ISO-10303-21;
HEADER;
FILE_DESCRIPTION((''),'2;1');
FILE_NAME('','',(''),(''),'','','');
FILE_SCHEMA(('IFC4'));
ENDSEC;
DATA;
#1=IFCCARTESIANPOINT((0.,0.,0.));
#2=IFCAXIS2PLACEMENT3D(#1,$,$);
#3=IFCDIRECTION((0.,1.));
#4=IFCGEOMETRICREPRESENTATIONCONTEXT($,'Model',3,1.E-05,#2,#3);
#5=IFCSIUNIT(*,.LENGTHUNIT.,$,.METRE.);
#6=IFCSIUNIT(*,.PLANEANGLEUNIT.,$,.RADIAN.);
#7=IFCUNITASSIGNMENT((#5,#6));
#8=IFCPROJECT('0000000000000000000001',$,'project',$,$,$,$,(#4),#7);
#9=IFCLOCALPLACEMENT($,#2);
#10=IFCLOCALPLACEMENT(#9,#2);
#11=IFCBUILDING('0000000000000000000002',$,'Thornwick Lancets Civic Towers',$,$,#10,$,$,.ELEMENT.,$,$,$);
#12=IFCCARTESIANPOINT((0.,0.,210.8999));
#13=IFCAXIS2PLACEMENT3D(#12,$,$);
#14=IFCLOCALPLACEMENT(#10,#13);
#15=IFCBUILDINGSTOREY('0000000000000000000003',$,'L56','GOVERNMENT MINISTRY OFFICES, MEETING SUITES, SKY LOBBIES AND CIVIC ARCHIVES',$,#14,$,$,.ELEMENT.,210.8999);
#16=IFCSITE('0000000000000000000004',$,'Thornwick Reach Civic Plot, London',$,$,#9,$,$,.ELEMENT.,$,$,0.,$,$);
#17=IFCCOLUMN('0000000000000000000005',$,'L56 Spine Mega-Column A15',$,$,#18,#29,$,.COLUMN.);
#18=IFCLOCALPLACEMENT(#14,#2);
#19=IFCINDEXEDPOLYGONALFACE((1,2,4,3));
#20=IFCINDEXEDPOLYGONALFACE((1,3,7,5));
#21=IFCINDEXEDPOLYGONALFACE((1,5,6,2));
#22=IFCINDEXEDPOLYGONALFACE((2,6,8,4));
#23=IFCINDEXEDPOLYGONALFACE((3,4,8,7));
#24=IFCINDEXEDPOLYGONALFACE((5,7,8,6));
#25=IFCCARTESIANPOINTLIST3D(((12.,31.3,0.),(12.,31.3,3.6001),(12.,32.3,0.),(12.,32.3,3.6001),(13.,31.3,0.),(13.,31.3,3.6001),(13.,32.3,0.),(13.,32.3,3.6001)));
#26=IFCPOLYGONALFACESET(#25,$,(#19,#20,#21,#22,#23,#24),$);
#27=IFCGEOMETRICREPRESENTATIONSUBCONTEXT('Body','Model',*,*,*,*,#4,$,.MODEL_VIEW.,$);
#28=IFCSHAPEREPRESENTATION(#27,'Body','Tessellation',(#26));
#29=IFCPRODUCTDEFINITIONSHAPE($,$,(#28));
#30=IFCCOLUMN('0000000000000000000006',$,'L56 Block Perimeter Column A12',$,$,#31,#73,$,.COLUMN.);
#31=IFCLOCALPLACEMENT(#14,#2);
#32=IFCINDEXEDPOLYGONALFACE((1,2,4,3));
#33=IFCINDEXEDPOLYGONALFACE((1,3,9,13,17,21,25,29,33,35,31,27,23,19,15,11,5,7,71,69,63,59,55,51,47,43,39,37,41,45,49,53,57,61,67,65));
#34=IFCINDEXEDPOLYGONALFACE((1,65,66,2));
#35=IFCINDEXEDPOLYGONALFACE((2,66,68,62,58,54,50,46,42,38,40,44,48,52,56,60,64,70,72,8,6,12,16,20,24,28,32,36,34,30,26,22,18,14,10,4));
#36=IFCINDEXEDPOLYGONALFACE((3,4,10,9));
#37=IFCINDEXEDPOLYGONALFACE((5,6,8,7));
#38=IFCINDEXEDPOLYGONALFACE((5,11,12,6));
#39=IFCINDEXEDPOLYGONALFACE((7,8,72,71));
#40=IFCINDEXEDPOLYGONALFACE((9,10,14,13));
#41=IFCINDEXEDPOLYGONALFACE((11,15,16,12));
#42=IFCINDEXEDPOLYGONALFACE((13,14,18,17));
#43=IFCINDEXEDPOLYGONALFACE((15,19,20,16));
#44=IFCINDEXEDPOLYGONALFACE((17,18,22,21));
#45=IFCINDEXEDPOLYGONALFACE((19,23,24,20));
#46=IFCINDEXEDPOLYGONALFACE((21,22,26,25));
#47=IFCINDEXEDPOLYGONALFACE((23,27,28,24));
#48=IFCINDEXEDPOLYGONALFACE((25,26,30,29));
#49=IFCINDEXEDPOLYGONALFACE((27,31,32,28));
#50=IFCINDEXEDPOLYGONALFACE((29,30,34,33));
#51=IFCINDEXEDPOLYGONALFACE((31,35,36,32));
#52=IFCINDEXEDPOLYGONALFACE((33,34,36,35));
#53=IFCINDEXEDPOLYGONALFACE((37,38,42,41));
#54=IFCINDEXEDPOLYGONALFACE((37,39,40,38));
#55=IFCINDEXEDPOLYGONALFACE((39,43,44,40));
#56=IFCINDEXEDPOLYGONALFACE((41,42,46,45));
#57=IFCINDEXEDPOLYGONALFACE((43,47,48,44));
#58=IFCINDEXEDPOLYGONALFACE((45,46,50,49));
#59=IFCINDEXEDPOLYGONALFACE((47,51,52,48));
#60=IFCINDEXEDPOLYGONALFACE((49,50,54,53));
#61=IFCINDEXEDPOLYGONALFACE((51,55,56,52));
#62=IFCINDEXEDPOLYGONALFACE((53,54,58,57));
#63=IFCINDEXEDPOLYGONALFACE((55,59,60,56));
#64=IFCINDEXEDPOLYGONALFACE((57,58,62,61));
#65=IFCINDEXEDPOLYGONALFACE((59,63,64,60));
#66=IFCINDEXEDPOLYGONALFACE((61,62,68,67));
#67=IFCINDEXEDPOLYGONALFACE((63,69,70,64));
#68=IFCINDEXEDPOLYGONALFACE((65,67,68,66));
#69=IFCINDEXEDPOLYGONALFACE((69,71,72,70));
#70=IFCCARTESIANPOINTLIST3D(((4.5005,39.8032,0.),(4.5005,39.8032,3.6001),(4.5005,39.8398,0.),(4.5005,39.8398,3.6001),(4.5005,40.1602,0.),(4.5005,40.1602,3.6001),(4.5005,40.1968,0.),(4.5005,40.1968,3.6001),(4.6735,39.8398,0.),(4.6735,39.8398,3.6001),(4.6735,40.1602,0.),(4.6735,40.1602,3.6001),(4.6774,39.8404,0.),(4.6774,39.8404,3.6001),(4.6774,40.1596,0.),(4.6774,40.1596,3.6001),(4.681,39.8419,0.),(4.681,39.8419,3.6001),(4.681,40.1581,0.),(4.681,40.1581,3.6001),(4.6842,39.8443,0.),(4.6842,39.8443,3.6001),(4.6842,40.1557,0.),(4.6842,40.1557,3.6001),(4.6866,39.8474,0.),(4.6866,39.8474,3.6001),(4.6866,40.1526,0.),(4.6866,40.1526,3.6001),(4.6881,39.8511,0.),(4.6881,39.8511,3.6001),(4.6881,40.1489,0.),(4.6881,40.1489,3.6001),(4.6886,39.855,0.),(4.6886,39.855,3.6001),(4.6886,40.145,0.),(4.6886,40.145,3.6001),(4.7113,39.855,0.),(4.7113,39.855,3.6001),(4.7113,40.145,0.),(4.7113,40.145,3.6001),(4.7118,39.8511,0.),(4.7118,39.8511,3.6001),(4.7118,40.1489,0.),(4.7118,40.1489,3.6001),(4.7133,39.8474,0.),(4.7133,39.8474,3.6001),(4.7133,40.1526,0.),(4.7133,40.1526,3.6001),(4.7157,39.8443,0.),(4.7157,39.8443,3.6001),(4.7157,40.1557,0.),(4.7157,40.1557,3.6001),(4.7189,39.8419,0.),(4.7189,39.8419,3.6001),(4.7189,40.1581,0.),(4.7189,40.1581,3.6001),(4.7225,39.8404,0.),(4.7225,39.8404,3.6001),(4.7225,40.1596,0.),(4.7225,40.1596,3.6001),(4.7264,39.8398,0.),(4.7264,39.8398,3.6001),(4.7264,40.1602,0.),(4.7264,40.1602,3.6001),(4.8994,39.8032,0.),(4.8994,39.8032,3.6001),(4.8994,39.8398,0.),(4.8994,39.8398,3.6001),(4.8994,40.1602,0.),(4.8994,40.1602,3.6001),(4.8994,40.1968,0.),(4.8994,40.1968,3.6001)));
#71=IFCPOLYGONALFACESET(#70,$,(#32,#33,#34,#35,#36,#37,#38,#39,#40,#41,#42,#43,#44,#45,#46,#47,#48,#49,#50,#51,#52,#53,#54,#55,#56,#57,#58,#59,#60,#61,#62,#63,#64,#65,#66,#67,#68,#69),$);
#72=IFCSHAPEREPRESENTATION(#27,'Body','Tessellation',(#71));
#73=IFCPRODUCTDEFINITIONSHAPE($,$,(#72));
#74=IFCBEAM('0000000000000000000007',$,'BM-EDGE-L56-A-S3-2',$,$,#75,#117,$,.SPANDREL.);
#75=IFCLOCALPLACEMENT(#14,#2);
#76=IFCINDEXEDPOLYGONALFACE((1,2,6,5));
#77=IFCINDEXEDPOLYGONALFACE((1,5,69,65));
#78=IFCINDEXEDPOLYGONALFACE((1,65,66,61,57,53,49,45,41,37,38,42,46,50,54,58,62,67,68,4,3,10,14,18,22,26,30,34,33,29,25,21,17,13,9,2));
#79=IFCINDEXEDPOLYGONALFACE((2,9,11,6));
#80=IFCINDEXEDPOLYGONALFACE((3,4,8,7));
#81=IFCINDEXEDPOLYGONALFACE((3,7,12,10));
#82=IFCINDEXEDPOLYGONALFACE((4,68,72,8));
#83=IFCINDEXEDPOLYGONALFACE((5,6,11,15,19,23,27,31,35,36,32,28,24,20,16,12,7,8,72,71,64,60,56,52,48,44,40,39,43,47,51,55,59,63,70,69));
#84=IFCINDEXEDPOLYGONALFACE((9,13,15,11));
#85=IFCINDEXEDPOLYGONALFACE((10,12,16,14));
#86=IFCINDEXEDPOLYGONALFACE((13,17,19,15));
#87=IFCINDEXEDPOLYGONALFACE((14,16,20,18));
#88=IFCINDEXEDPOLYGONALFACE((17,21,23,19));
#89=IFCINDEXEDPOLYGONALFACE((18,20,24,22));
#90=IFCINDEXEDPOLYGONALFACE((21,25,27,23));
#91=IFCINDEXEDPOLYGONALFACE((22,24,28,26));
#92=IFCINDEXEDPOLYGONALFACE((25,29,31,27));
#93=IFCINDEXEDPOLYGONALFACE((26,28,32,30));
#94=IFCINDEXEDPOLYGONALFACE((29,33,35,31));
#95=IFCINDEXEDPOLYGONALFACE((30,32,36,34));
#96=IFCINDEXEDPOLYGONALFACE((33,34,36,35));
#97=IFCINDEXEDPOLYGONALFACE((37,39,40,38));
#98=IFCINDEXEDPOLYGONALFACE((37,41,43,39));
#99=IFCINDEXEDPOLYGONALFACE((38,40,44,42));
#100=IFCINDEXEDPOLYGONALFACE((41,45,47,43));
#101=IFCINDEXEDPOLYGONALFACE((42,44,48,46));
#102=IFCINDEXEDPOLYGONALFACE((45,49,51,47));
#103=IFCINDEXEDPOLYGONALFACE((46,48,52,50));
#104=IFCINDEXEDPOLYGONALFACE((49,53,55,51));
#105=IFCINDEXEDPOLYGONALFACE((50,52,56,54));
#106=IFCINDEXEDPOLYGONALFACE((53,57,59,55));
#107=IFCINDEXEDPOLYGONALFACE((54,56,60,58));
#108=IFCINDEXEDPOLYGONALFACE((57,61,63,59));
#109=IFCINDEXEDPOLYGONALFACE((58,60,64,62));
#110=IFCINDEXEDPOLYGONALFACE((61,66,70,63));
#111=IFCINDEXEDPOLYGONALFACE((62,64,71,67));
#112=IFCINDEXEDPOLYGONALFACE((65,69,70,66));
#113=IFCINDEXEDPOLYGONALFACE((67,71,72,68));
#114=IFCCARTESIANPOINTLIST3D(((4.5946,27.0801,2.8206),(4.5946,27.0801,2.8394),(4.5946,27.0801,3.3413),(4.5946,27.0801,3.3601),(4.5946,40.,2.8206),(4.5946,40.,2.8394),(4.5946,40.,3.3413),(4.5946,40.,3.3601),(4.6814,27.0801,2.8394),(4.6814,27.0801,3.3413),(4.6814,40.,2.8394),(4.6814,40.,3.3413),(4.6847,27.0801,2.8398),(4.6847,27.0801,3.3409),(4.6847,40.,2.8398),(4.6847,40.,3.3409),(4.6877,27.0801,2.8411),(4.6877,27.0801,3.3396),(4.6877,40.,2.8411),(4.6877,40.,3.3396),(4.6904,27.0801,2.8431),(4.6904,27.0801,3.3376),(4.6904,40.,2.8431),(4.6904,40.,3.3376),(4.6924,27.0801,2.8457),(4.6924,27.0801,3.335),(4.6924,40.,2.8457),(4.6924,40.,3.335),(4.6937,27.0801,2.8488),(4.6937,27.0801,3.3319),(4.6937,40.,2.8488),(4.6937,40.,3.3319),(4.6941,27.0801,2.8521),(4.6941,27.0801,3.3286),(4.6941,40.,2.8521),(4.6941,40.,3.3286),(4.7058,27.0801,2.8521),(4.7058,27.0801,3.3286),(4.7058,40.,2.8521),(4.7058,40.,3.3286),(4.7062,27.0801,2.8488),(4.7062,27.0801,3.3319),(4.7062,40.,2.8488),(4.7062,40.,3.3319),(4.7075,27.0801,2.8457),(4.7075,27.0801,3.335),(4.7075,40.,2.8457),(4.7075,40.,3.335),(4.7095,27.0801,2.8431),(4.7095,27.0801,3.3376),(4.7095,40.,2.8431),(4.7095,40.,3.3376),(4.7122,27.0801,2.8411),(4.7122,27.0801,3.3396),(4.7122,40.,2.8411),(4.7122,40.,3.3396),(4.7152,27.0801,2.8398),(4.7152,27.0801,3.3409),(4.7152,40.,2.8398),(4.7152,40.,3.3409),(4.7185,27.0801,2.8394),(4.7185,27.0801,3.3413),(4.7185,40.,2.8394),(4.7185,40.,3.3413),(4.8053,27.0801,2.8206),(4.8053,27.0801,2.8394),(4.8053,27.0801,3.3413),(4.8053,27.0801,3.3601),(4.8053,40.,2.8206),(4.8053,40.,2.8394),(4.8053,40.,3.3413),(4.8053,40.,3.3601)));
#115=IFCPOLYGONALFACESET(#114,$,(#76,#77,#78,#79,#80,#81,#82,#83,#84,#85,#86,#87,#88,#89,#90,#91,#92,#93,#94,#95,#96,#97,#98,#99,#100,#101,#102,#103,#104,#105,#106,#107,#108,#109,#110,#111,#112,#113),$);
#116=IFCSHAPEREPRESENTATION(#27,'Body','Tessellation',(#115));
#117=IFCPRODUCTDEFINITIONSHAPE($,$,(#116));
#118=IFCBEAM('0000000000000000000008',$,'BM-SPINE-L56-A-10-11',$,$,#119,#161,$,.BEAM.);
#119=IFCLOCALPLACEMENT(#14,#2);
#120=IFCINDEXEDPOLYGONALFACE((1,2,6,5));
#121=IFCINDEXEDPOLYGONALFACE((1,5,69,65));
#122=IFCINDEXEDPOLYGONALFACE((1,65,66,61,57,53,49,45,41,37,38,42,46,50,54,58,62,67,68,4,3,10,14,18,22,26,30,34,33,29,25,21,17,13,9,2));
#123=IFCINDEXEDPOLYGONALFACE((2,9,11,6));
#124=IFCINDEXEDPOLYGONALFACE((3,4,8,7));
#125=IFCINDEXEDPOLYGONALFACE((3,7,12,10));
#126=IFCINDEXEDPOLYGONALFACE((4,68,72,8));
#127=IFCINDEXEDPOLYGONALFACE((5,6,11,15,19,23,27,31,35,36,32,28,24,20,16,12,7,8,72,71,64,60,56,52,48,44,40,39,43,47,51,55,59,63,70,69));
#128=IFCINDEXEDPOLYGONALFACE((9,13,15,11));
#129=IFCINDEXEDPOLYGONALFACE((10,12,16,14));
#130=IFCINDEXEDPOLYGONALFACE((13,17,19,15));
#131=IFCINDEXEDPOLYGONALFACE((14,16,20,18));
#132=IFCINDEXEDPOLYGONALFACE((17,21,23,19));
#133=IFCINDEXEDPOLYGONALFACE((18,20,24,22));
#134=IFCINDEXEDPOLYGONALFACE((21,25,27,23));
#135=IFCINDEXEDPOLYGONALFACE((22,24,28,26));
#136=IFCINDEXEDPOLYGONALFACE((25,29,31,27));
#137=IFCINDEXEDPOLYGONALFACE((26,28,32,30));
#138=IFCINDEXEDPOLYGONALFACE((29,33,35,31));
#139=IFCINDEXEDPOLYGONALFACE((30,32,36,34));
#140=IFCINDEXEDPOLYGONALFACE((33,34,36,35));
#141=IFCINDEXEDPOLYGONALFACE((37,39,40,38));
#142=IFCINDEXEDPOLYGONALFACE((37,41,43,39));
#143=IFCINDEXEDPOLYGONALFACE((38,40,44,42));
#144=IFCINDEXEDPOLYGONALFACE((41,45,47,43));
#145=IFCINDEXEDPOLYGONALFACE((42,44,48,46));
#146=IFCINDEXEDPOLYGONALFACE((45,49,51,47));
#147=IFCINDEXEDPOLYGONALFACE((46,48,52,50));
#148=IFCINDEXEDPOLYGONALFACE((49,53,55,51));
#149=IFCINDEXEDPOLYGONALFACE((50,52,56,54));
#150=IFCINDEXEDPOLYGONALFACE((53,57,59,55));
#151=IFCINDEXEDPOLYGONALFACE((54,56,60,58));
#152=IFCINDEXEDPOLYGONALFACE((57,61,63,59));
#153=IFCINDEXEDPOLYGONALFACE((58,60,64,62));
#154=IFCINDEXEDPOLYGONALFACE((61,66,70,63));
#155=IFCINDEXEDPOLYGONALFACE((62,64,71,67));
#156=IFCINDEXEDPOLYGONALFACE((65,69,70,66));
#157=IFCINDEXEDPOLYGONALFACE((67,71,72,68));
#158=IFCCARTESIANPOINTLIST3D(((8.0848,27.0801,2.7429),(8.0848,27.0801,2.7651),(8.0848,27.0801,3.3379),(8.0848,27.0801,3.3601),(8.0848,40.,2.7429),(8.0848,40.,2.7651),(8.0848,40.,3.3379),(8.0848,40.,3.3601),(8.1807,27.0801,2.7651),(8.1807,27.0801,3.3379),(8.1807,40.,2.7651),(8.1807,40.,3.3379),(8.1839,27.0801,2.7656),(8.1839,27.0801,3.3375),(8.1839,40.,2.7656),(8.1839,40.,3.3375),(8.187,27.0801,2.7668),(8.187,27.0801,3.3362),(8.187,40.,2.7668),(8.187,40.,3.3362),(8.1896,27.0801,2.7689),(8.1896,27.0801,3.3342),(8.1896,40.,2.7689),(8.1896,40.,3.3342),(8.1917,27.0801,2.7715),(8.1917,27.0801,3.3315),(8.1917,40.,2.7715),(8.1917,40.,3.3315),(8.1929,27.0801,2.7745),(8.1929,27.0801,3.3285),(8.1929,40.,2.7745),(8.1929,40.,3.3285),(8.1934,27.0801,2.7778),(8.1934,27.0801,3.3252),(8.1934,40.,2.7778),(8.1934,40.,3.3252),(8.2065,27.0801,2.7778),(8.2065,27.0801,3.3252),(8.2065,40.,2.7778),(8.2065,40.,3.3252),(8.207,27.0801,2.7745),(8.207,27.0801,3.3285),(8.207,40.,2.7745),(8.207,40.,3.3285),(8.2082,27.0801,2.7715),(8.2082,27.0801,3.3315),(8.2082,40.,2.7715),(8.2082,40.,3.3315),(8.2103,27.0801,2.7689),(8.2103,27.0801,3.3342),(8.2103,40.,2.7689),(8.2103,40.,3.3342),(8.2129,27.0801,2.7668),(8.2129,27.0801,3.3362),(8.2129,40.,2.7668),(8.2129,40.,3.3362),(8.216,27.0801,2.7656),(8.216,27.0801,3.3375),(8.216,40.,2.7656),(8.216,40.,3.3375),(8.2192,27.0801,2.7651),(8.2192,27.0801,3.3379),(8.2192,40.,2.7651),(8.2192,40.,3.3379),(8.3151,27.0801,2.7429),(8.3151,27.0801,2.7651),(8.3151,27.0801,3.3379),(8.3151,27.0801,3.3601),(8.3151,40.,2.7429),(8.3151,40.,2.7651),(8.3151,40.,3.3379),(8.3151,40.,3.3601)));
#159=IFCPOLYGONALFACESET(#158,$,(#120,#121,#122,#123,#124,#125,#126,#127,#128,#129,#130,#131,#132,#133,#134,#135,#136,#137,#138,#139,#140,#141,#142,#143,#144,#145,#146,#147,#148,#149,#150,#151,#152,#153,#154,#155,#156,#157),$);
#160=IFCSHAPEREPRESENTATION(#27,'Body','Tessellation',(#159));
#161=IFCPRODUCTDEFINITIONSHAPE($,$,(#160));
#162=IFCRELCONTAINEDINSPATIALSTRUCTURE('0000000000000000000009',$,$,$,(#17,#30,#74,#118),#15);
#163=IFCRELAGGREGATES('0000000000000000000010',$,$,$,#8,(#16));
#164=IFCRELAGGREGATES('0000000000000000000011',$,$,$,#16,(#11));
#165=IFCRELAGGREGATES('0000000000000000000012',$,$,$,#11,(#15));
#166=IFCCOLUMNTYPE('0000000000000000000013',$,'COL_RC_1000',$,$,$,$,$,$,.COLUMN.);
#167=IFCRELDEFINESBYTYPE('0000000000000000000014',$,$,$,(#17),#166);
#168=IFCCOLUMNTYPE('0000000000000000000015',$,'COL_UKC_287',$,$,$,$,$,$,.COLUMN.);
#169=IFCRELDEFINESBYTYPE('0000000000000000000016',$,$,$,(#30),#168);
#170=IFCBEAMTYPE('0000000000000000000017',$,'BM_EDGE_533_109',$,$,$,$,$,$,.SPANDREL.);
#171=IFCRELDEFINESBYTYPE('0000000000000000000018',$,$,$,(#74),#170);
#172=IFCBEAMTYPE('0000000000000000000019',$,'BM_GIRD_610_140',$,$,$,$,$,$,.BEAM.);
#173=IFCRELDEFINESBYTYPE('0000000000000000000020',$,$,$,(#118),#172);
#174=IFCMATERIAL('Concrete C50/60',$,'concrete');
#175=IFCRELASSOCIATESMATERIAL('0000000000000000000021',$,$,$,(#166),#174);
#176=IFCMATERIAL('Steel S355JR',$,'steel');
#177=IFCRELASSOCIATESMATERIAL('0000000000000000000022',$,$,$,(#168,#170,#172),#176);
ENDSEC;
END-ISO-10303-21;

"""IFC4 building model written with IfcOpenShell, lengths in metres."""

from ifc_helpers import new_model, si_unit, direction, frame, origin, origin_2d, place, context, subcontext, project, spatial, rectangle, i_section, extrude, material, material_profile, profile_set, type_object, element, save


model = new_model("IFC4")

# Units and contexts
model_context = context("Model", 3, precision=1e-05, world=origin(), true_north=direction((0.0, 1.0)))
body_context = subcontext(model_context, "Body", "Model", "MODEL_VIEW")
ifc_project = project(units=[si_unit("LENGTHUNIT", "METRE"), si_unit("PLANEANGLEUNIT", "RADIAN")], contexts=[model_context])

# Site, building, storey
site_placement = place(None, origin())
site = spatial("IfcSite", under=ifc_project, at=site_placement, Name="Thornwick Reach Civic Plot, London", CompositionType="ELEMENT", RefElevation=0.0)
building_placement = place(site_placement, origin())
building = spatial("IfcBuilding", under=site, at=building_placement, Name="Thornwick Lancets Civic Towers", CompositionType="ELEMENT")
storey_placement = place(building_placement, frame((0.0, 0.0, 210.8999)))
storey = spatial("IfcBuildingStorey", under=building, at=storey_placement, Name="L56", Description="GOVERNMENT MINISTRY OFFICES, MEETING SUITES, SKY LOBBIES AND CIVIC ARCHIVES", CompositionType="ELEMENT", Elevation=210.8999)

# Columns
ifc_material_1 = material(Name="Concrete C50/60", Category="concrete")
ifc_material_profile_1 = material_profile(ifc_material_1, rectangle(XDim=1.0, YDim=1.0, at=origin_2d()), Name="RC 1000x1000")
ifc_profile_set_1 = profile_set([ifc_material_profile_1], Name="Concrete C50/60")
column_type_1 = type_object("IfcColumnType", Name="COL_RC_1000", PredefinedType="COLUMN", material=ifc_profile_set_1)
column_1_placement = place(storey_placement, frame((12.5, 31.8, 0.0), z_axis=(0.0, 0.0, 1.0), x_axis=(1.0, 0.0, 0.0)))
element("IfcColumn", 1, at=column_1_placement, inside=storey, type_object=column_type_1, Name="L56 Spine Mega-Column A15", PredefinedType="COLUMN", context=body_context, shape_type="SweptSolid", body=[
    extrude(rectangle(XDim=1.0, YDim=1.0, at=origin_2d()), origin(), (0.0, 0.0, 1.0), 3.6001),
])
ifc_material_2 = material(Name="Steel S355JR", Category="steel")
ifc_material_profile_2 = material_profile(ifc_material_2, i_section(OverallWidth=0.3989, OverallDepth=0.3936, WebThickness=0.0227, FlangeThickness=0.0366, FilletRadius=0.0151, at=origin_2d()), Name="UKC 356x406x287")
ifc_profile_set_2 = profile_set([ifc_material_profile_2], Name="Steel S355JR")
column_type_2 = type_object("IfcColumnType", Name="COL_UKC_287", PredefinedType="COLUMN", material=ifc_profile_set_2)
column_2_placement = place(storey_placement, frame((4.7, 40.0, 0.0), z_axis=(0.0, 0.0, 1.0), x_axis=(1.0, 0.0, 0.0)))
element("IfcColumn", 2, at=column_2_placement, inside=storey, type_object=column_type_2, Name="L56 Block Perimeter Column A12", PredefinedType="COLUMN", context=body_context, shape_type="SweptSolid", body=[
    extrude(i_section(OverallWidth=0.3989, OverallDepth=0.3936, WebThickness=0.0227, FlangeThickness=0.0366, FilletRadius=0.0151, at=origin_2d()), origin(), (0.0, 0.0, 1.0), 3.6001),
])

# Beams
ifc_material_profile_3 = material_profile(ifc_material_2, i_section(OverallWidth=0.2107, OverallDepth=0.5396, WebThickness=0.0117, FlangeThickness=0.0188, FilletRadius=0.0127, at=origin_2d()), Name="UKB 533x210x109")
ifc_profile_set_3 = profile_set([ifc_material_profile_3], Name="Steel S355JR")
beam_type_1 = type_object("IfcBeamType", Name="BM_EDGE_533_109", PredefinedType="SPANDREL", material=ifc_profile_set_3)
beam_1_placement = place(storey_placement, frame((4.7, 27.0801, 3.0903), z_axis=(0.0, 1.0, 0.0), x_axis=(-1.0, 0.0, 0.0)))
element("IfcBeam", 3, at=beam_1_placement, inside=storey, type_object=beam_type_1, Name="BM-EDGE-L56-A-S3-2", PredefinedType="SPANDREL", context=body_context, shape_type="SweptSolid", body=[
    extrude(i_section(OverallWidth=0.2107, OverallDepth=0.5396, WebThickness=0.0117, FlangeThickness=0.0188, FilletRadius=0.0127, at=origin_2d()), origin(), (0.0, 0.0, 1.0), 12.9199),
])
ifc_material_profile_4 = material_profile(ifc_material_2, i_section(OverallWidth=0.2302, OverallDepth=0.6172, WebThickness=0.0132, FlangeThickness=0.0222, FilletRadius=0.0127, at=origin_2d()), Name="UKB 610x229x140")
ifc_profile_set_4 = profile_set([ifc_material_profile_4], Name="Steel S355JR")
beam_type_2 = type_object("IfcBeamType", Name="BM_GIRD_610_140", PredefinedType="BEAM", material=ifc_profile_set_4)
beam_2_placement = place(storey_placement, frame((8.2, 27.0801, 3.0515), z_axis=(0.0, 1.0, 0.0), x_axis=(-1.0, 0.0, 0.0)))
element("IfcBeam", 4, at=beam_2_placement, inside=storey, type_object=beam_type_2, Name="BM-SPINE-L56-A-10-11", PredefinedType="BEAM", context=body_context, shape_type="SweptSolid", body=[
    extrude(i_section(OverallWidth=0.2302, OverallDepth=0.6172, WebThickness=0.0132, FlangeThickness=0.0222, FilletRadius=0.0127, at=origin_2d()), origin(), (0.0, 0.0, 1.0), 12.9199),
])

save(model, "model.ifc")
